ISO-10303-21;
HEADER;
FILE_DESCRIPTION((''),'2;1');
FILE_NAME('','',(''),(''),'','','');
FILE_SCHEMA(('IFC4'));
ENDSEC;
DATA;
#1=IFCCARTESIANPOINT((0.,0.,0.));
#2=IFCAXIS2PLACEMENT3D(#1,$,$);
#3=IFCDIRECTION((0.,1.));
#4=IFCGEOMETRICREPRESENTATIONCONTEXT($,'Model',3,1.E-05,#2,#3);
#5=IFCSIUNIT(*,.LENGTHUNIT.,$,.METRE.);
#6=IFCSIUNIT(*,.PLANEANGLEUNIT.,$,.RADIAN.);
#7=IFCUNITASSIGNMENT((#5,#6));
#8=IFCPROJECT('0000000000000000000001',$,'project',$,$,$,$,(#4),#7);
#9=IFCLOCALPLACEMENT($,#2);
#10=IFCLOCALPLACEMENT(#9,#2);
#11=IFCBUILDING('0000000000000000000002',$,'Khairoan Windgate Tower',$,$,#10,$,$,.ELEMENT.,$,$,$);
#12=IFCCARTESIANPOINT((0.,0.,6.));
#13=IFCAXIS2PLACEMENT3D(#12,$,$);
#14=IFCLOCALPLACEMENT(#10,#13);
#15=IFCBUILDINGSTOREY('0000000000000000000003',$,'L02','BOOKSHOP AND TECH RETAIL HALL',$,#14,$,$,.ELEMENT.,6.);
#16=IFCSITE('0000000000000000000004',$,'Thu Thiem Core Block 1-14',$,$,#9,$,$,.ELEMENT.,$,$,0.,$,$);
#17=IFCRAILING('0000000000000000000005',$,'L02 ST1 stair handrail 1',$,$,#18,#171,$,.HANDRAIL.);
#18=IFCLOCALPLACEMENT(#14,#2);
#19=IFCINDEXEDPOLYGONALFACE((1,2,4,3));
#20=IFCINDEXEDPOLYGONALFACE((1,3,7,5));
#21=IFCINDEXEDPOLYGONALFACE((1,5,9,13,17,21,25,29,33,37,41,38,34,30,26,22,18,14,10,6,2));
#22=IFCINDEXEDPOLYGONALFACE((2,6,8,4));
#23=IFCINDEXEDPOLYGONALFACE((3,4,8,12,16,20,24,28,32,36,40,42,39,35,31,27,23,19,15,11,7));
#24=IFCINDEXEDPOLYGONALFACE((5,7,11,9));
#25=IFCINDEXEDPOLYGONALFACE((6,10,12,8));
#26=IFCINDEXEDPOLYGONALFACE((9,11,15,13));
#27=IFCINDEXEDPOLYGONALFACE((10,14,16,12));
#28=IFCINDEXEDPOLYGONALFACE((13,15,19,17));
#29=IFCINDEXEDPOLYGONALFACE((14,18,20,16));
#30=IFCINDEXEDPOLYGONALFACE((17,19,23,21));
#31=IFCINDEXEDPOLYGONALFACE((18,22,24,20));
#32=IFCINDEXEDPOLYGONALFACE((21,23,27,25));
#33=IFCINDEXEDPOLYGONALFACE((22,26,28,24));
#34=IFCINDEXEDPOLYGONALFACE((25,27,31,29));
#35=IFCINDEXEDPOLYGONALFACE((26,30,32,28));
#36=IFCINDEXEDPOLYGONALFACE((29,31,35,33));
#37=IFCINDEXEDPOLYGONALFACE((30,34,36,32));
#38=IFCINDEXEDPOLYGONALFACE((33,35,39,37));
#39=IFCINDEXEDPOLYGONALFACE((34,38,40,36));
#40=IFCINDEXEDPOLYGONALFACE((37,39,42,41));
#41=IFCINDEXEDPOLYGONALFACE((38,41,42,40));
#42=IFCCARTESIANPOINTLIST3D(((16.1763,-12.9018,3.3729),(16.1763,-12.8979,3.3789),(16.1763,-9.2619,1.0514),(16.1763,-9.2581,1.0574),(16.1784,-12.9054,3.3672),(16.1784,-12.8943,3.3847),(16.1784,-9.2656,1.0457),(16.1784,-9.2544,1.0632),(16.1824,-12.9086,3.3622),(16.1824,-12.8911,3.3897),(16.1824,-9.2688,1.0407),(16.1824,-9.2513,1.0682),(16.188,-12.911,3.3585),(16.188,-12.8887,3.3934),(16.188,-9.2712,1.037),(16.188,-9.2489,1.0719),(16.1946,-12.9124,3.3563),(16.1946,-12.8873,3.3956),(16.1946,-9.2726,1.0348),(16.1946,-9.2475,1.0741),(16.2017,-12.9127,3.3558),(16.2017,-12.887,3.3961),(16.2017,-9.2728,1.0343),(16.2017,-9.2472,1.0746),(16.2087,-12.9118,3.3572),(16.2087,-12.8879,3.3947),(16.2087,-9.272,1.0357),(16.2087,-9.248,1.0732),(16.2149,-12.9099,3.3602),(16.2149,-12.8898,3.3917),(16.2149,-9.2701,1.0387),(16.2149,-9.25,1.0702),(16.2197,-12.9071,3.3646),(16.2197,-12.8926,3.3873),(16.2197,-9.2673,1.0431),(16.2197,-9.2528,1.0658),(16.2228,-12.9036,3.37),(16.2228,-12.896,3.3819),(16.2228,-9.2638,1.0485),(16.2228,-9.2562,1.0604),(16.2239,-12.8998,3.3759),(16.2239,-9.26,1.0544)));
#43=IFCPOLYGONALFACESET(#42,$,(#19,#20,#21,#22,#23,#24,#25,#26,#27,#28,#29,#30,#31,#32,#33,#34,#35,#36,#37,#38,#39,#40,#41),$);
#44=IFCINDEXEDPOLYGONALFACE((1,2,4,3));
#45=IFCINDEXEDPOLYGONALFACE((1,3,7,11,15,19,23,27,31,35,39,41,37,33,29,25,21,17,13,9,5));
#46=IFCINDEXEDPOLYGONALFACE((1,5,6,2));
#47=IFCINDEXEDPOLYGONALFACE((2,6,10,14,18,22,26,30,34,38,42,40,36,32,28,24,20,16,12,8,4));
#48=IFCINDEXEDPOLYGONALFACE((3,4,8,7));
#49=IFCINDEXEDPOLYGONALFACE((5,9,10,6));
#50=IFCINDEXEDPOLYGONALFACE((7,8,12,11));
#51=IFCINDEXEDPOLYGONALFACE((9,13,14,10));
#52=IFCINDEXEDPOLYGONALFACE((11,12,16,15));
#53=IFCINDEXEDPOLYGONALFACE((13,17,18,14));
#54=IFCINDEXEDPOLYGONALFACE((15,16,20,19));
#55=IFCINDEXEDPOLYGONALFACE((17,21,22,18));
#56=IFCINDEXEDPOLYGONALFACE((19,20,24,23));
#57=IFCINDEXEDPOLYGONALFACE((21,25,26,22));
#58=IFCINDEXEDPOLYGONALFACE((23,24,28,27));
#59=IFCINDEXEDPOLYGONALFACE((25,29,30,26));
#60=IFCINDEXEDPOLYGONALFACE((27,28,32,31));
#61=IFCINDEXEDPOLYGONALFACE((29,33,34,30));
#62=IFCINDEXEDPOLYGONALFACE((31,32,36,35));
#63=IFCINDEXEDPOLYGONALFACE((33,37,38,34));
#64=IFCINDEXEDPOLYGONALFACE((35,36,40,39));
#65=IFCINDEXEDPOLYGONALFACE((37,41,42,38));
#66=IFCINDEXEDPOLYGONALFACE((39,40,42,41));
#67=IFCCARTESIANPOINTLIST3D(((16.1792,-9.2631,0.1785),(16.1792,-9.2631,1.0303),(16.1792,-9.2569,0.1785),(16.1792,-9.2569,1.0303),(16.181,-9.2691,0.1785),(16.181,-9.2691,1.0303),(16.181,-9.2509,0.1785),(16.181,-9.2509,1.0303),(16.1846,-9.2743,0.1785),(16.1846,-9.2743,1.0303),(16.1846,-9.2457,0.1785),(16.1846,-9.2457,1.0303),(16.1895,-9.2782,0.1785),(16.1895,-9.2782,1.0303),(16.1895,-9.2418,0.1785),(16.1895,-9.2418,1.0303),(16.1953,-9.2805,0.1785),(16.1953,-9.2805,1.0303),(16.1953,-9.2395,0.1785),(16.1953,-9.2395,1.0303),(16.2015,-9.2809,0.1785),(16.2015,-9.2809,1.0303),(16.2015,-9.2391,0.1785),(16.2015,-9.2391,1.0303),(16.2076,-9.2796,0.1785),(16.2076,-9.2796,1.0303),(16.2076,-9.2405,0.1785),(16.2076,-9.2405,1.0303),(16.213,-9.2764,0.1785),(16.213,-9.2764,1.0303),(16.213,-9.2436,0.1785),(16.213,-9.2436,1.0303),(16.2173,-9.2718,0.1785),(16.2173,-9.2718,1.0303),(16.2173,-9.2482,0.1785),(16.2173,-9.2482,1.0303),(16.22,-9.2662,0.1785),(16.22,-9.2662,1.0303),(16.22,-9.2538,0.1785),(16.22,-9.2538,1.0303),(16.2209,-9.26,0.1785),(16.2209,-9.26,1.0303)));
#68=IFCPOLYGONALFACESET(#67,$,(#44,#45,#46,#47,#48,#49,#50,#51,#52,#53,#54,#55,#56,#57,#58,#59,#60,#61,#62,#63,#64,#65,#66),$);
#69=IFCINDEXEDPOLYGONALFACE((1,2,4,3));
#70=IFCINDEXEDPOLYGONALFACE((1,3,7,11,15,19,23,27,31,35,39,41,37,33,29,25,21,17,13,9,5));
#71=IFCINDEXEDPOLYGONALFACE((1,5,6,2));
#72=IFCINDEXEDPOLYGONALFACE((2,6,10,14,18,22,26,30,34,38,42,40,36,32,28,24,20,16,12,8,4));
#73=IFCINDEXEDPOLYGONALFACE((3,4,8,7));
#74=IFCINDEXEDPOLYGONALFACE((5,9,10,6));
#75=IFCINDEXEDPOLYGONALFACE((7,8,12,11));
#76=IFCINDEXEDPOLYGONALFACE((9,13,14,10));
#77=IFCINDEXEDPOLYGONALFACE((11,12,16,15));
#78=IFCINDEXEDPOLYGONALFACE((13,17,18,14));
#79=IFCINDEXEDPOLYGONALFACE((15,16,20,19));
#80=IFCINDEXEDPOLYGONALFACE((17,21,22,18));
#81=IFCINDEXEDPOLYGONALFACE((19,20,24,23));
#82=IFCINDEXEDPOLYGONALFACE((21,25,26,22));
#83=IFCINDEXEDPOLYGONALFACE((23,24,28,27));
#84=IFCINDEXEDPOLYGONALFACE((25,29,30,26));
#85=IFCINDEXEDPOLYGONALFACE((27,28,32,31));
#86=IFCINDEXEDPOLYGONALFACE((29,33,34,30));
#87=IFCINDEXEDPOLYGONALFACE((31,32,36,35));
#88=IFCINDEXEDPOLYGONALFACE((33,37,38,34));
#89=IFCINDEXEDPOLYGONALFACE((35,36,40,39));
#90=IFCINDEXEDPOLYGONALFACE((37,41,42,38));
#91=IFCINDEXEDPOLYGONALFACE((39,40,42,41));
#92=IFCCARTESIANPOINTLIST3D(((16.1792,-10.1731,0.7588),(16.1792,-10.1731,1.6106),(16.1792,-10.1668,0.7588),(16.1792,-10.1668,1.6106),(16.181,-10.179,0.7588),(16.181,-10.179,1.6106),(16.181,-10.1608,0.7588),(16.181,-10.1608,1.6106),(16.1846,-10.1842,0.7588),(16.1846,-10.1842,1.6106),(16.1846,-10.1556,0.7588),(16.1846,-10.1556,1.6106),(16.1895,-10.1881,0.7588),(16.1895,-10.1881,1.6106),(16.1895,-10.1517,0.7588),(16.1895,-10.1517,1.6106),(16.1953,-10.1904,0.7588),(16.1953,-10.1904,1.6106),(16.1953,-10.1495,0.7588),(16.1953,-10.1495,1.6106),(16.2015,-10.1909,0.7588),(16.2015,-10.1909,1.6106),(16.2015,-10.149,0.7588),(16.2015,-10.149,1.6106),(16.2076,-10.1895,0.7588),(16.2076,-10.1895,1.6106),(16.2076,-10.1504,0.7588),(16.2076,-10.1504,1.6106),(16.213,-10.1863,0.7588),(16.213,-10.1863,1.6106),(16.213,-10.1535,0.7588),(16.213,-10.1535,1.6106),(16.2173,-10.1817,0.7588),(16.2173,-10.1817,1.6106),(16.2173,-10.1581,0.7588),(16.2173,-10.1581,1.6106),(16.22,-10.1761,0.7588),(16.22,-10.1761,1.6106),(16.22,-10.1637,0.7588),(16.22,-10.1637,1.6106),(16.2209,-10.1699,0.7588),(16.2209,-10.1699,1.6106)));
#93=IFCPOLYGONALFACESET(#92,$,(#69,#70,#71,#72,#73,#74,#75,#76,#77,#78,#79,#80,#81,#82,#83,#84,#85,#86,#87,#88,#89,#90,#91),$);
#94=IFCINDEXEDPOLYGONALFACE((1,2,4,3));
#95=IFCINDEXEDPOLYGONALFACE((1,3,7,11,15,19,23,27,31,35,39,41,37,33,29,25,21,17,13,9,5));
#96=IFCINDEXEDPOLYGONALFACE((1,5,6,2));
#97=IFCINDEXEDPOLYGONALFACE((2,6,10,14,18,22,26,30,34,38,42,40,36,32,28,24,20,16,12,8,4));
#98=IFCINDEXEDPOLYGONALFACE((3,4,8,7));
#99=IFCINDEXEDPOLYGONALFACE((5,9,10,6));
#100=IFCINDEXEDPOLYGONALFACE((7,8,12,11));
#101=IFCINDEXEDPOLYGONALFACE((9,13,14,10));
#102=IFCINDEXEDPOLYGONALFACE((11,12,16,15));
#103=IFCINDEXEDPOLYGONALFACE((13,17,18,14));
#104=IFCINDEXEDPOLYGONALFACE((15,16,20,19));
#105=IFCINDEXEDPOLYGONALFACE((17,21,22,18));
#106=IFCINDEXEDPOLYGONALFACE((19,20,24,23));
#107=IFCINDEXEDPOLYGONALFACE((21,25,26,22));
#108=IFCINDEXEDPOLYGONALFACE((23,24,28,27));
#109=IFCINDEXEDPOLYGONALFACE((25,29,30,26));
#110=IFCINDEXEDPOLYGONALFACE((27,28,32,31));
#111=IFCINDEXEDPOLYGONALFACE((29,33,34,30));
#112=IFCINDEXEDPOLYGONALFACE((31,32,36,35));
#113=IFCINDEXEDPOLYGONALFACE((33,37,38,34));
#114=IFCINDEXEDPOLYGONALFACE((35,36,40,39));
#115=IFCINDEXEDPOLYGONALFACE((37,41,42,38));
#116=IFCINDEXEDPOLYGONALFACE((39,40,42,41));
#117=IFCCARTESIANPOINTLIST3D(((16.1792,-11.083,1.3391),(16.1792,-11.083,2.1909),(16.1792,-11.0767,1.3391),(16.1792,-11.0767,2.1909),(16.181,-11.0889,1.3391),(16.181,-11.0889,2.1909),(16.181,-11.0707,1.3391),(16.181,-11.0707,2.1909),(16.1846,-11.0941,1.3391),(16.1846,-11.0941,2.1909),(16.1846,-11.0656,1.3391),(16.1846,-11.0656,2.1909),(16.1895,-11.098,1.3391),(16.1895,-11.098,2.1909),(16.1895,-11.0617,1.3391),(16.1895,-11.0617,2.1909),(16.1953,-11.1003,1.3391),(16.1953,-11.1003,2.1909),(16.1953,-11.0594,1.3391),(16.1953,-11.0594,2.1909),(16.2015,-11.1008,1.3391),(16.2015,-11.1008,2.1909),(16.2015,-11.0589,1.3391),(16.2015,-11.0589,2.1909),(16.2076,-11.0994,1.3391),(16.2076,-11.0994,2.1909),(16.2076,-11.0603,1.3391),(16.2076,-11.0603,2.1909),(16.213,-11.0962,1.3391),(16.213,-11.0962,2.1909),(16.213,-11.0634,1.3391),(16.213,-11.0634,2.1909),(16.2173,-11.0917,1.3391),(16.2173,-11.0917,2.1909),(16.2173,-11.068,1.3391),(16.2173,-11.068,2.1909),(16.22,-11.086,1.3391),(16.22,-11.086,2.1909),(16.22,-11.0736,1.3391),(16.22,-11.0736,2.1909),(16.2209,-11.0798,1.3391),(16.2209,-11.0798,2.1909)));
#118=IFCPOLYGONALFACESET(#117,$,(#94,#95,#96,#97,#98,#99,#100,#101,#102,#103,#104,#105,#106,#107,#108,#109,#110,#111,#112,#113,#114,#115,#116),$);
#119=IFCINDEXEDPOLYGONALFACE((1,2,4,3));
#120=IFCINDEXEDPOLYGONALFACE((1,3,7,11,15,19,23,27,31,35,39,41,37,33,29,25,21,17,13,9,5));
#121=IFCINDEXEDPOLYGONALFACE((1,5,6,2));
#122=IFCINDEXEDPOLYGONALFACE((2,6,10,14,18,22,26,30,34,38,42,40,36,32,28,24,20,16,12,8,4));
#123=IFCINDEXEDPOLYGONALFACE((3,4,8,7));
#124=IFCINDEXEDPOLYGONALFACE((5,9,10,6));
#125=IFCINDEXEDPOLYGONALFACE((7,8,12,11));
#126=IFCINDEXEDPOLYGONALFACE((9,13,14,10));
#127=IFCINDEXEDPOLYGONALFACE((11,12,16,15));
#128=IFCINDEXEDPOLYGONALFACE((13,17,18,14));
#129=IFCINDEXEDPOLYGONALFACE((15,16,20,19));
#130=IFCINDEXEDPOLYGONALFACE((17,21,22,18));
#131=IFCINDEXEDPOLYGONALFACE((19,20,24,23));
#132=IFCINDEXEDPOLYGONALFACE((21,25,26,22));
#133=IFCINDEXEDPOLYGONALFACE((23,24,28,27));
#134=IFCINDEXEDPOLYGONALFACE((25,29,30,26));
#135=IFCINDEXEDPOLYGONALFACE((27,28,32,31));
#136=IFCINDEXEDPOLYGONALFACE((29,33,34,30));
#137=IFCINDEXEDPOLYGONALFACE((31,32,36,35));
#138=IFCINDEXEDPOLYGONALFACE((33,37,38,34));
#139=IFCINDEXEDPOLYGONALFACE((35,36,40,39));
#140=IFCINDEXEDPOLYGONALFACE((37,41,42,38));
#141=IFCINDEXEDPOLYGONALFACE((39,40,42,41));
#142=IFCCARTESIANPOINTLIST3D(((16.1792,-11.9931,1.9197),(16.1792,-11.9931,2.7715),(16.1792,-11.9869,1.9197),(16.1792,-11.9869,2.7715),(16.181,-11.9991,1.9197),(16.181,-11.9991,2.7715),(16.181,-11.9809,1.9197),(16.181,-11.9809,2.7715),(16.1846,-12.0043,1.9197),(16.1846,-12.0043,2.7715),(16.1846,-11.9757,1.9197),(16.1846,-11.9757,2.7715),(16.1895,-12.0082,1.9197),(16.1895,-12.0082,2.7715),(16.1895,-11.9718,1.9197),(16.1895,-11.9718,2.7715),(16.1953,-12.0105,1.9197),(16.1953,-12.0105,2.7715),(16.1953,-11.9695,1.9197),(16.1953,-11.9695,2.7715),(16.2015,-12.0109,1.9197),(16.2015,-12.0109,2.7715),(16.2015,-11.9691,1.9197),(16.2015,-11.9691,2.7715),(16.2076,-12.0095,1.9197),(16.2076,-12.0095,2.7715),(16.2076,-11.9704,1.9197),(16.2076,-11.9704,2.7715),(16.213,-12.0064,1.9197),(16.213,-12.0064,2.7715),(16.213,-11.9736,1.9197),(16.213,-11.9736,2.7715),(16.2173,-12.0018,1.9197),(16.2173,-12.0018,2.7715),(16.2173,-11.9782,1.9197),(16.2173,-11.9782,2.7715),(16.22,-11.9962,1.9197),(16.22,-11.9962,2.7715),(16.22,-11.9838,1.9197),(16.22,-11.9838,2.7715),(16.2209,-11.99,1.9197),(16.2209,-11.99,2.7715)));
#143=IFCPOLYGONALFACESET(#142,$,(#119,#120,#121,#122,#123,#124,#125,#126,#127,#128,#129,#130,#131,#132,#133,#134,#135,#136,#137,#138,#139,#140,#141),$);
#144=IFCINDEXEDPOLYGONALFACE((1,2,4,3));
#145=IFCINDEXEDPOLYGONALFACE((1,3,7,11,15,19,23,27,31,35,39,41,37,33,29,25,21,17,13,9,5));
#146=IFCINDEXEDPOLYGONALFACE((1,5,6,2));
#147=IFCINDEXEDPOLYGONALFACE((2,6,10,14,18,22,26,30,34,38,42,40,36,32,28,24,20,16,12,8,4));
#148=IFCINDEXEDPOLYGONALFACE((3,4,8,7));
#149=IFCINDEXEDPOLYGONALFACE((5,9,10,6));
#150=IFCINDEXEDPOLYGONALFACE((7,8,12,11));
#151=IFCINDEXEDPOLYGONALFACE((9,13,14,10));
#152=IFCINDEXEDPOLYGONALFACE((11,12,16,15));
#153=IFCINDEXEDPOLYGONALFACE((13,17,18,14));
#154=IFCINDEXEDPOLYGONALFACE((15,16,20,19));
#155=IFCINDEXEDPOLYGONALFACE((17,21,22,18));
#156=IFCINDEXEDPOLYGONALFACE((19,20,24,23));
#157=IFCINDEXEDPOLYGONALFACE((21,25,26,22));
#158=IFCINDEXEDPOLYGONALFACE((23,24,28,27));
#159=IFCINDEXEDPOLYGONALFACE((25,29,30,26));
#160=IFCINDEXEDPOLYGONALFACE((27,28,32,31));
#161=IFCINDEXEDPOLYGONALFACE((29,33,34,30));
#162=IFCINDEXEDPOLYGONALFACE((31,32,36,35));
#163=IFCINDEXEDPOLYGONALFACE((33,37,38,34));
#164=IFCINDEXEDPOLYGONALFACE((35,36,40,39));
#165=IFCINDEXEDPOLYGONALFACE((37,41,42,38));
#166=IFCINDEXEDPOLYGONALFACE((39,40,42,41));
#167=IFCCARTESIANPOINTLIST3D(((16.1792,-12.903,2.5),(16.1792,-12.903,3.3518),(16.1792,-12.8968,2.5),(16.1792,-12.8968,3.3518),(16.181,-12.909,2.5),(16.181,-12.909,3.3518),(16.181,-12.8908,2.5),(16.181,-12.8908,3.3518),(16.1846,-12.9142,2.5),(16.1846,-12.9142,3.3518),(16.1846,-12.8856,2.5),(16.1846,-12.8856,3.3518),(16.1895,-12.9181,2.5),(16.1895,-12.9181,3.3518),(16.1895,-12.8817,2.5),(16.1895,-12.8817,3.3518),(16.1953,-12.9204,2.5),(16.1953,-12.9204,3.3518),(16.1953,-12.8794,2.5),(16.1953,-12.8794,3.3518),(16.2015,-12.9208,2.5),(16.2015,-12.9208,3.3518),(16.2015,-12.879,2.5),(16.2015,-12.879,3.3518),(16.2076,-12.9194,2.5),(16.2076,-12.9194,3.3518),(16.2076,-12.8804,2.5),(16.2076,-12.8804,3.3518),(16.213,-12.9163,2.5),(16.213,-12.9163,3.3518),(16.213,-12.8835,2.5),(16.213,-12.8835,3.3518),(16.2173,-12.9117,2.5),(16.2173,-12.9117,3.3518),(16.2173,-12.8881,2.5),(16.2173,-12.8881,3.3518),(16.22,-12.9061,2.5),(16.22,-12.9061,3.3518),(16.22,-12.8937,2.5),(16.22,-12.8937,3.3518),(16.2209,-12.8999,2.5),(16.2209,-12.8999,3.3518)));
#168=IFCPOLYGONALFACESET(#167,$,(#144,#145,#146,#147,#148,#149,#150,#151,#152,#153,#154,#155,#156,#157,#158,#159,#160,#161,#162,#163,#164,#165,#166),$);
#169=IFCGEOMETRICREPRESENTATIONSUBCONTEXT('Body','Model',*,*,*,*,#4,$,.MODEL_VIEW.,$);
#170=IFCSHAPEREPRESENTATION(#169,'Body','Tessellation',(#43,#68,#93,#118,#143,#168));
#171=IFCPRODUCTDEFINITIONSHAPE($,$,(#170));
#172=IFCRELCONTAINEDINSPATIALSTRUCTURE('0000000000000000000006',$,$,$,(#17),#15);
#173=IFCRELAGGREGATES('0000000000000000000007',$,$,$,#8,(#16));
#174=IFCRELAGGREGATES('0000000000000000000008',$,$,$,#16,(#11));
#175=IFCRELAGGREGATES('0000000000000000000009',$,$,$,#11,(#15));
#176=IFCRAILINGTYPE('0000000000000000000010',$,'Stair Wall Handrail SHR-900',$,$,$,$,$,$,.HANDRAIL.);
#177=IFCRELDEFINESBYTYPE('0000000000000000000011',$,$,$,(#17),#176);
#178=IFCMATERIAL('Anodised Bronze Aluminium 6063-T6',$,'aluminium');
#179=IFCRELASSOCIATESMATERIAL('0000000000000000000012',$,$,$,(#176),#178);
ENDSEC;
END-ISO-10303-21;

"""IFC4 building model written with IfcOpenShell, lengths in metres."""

from ifc_helpers import new_model, si_unit, direction, frame, origin, origin_2d, place, context, subcontext, project, spatial, circle, extrude, material, type_object, element, save


model = new_model("IFC4")

# Units and contexts
model_context = context("Model", 3, precision=1e-05, world=origin(), true_north=direction((0.0, 1.0)))
body_context = subcontext(model_context, "Body", "Model", "MODEL_VIEW")
ifc_project = project(units=[si_unit("LENGTHUNIT", "METRE"), si_unit("PLANEANGLEUNIT", "RADIAN")], contexts=[model_context])

# Site, building, storey
site_placement = place(None, origin())
site = spatial("IfcSite", under=ifc_project, at=site_placement, Name="Thu Thiem Core Block 1-14", CompositionType="ELEMENT", RefElevation=0.0)
building_placement = place(site_placement, origin())
building = spatial("IfcBuilding", under=site, at=building_placement, Name="Khairoan Windgate Tower", CompositionType="ELEMENT")
storey_placement = place(building_placement, frame((0.0, 0.0, 6.0)))
storey = spatial("IfcBuildingStorey", under=building, at=storey_placement, Name="L02", Description="BOOKSHOP AND TECH RETAIL HALL", CompositionType="ELEMENT", Elevation=6.0)

# Railing
ifc_material_1 = material(Name="Anodised Bronze Aluminium 6063-T6", Category="aluminium")
railing_type_1 = type_object("IfcRailingType", Name="Stair Wall Handrail SHR-900", PredefinedType="HANDRAIL", material=ifc_material_1)
railing_1_placement = place(storey_placement, frame((16.2, -9.26, 0.1785)))
element("IfcRailing", 1, at=railing_1_placement, inside=storey, type_object=railing_type_1, Name="L02 ST1 stair handrail 1", PredefinedType="HANDRAIL", context=body_context, shape_type="SweptSolid", body=[
    extrude(circle(Radius=0.0239, at=origin_2d()), frame((0.0, 0.0, 0.876), z_axis=(0.0, -0.843112, 0.537739), x_axis=(1.0, 0.0, 0.0)), (0.0, 0.0, 1.0), 4.3171),
    extrude(circle(Radius=0.021, at=origin_2d()), origin(), (0.0, 0.0, 1.0), 0.8518),
    extrude(circle(Radius=0.021, at=origin_2d()), frame((0.0, -0.9099, 0.5803)), (0.0, 0.0, 1.0), 0.8518),
    extrude(circle(Radius=0.021, at=origin_2d()), frame((0.0, -1.8198, 1.1606)), (0.0, 0.0, 1.0), 0.8518),
    extrude(circle(Radius=0.021, at=origin_2d()), frame((0.0, -2.73, 1.7412)), (0.0, 0.0, 1.0), 0.8518),
    extrude(circle(Radius=0.021, at=origin_2d()), frame((0.0, -3.6399, 2.3215)), (0.0, 0.0, 1.0), 0.8518),
])

save(model, "model.ifc")
